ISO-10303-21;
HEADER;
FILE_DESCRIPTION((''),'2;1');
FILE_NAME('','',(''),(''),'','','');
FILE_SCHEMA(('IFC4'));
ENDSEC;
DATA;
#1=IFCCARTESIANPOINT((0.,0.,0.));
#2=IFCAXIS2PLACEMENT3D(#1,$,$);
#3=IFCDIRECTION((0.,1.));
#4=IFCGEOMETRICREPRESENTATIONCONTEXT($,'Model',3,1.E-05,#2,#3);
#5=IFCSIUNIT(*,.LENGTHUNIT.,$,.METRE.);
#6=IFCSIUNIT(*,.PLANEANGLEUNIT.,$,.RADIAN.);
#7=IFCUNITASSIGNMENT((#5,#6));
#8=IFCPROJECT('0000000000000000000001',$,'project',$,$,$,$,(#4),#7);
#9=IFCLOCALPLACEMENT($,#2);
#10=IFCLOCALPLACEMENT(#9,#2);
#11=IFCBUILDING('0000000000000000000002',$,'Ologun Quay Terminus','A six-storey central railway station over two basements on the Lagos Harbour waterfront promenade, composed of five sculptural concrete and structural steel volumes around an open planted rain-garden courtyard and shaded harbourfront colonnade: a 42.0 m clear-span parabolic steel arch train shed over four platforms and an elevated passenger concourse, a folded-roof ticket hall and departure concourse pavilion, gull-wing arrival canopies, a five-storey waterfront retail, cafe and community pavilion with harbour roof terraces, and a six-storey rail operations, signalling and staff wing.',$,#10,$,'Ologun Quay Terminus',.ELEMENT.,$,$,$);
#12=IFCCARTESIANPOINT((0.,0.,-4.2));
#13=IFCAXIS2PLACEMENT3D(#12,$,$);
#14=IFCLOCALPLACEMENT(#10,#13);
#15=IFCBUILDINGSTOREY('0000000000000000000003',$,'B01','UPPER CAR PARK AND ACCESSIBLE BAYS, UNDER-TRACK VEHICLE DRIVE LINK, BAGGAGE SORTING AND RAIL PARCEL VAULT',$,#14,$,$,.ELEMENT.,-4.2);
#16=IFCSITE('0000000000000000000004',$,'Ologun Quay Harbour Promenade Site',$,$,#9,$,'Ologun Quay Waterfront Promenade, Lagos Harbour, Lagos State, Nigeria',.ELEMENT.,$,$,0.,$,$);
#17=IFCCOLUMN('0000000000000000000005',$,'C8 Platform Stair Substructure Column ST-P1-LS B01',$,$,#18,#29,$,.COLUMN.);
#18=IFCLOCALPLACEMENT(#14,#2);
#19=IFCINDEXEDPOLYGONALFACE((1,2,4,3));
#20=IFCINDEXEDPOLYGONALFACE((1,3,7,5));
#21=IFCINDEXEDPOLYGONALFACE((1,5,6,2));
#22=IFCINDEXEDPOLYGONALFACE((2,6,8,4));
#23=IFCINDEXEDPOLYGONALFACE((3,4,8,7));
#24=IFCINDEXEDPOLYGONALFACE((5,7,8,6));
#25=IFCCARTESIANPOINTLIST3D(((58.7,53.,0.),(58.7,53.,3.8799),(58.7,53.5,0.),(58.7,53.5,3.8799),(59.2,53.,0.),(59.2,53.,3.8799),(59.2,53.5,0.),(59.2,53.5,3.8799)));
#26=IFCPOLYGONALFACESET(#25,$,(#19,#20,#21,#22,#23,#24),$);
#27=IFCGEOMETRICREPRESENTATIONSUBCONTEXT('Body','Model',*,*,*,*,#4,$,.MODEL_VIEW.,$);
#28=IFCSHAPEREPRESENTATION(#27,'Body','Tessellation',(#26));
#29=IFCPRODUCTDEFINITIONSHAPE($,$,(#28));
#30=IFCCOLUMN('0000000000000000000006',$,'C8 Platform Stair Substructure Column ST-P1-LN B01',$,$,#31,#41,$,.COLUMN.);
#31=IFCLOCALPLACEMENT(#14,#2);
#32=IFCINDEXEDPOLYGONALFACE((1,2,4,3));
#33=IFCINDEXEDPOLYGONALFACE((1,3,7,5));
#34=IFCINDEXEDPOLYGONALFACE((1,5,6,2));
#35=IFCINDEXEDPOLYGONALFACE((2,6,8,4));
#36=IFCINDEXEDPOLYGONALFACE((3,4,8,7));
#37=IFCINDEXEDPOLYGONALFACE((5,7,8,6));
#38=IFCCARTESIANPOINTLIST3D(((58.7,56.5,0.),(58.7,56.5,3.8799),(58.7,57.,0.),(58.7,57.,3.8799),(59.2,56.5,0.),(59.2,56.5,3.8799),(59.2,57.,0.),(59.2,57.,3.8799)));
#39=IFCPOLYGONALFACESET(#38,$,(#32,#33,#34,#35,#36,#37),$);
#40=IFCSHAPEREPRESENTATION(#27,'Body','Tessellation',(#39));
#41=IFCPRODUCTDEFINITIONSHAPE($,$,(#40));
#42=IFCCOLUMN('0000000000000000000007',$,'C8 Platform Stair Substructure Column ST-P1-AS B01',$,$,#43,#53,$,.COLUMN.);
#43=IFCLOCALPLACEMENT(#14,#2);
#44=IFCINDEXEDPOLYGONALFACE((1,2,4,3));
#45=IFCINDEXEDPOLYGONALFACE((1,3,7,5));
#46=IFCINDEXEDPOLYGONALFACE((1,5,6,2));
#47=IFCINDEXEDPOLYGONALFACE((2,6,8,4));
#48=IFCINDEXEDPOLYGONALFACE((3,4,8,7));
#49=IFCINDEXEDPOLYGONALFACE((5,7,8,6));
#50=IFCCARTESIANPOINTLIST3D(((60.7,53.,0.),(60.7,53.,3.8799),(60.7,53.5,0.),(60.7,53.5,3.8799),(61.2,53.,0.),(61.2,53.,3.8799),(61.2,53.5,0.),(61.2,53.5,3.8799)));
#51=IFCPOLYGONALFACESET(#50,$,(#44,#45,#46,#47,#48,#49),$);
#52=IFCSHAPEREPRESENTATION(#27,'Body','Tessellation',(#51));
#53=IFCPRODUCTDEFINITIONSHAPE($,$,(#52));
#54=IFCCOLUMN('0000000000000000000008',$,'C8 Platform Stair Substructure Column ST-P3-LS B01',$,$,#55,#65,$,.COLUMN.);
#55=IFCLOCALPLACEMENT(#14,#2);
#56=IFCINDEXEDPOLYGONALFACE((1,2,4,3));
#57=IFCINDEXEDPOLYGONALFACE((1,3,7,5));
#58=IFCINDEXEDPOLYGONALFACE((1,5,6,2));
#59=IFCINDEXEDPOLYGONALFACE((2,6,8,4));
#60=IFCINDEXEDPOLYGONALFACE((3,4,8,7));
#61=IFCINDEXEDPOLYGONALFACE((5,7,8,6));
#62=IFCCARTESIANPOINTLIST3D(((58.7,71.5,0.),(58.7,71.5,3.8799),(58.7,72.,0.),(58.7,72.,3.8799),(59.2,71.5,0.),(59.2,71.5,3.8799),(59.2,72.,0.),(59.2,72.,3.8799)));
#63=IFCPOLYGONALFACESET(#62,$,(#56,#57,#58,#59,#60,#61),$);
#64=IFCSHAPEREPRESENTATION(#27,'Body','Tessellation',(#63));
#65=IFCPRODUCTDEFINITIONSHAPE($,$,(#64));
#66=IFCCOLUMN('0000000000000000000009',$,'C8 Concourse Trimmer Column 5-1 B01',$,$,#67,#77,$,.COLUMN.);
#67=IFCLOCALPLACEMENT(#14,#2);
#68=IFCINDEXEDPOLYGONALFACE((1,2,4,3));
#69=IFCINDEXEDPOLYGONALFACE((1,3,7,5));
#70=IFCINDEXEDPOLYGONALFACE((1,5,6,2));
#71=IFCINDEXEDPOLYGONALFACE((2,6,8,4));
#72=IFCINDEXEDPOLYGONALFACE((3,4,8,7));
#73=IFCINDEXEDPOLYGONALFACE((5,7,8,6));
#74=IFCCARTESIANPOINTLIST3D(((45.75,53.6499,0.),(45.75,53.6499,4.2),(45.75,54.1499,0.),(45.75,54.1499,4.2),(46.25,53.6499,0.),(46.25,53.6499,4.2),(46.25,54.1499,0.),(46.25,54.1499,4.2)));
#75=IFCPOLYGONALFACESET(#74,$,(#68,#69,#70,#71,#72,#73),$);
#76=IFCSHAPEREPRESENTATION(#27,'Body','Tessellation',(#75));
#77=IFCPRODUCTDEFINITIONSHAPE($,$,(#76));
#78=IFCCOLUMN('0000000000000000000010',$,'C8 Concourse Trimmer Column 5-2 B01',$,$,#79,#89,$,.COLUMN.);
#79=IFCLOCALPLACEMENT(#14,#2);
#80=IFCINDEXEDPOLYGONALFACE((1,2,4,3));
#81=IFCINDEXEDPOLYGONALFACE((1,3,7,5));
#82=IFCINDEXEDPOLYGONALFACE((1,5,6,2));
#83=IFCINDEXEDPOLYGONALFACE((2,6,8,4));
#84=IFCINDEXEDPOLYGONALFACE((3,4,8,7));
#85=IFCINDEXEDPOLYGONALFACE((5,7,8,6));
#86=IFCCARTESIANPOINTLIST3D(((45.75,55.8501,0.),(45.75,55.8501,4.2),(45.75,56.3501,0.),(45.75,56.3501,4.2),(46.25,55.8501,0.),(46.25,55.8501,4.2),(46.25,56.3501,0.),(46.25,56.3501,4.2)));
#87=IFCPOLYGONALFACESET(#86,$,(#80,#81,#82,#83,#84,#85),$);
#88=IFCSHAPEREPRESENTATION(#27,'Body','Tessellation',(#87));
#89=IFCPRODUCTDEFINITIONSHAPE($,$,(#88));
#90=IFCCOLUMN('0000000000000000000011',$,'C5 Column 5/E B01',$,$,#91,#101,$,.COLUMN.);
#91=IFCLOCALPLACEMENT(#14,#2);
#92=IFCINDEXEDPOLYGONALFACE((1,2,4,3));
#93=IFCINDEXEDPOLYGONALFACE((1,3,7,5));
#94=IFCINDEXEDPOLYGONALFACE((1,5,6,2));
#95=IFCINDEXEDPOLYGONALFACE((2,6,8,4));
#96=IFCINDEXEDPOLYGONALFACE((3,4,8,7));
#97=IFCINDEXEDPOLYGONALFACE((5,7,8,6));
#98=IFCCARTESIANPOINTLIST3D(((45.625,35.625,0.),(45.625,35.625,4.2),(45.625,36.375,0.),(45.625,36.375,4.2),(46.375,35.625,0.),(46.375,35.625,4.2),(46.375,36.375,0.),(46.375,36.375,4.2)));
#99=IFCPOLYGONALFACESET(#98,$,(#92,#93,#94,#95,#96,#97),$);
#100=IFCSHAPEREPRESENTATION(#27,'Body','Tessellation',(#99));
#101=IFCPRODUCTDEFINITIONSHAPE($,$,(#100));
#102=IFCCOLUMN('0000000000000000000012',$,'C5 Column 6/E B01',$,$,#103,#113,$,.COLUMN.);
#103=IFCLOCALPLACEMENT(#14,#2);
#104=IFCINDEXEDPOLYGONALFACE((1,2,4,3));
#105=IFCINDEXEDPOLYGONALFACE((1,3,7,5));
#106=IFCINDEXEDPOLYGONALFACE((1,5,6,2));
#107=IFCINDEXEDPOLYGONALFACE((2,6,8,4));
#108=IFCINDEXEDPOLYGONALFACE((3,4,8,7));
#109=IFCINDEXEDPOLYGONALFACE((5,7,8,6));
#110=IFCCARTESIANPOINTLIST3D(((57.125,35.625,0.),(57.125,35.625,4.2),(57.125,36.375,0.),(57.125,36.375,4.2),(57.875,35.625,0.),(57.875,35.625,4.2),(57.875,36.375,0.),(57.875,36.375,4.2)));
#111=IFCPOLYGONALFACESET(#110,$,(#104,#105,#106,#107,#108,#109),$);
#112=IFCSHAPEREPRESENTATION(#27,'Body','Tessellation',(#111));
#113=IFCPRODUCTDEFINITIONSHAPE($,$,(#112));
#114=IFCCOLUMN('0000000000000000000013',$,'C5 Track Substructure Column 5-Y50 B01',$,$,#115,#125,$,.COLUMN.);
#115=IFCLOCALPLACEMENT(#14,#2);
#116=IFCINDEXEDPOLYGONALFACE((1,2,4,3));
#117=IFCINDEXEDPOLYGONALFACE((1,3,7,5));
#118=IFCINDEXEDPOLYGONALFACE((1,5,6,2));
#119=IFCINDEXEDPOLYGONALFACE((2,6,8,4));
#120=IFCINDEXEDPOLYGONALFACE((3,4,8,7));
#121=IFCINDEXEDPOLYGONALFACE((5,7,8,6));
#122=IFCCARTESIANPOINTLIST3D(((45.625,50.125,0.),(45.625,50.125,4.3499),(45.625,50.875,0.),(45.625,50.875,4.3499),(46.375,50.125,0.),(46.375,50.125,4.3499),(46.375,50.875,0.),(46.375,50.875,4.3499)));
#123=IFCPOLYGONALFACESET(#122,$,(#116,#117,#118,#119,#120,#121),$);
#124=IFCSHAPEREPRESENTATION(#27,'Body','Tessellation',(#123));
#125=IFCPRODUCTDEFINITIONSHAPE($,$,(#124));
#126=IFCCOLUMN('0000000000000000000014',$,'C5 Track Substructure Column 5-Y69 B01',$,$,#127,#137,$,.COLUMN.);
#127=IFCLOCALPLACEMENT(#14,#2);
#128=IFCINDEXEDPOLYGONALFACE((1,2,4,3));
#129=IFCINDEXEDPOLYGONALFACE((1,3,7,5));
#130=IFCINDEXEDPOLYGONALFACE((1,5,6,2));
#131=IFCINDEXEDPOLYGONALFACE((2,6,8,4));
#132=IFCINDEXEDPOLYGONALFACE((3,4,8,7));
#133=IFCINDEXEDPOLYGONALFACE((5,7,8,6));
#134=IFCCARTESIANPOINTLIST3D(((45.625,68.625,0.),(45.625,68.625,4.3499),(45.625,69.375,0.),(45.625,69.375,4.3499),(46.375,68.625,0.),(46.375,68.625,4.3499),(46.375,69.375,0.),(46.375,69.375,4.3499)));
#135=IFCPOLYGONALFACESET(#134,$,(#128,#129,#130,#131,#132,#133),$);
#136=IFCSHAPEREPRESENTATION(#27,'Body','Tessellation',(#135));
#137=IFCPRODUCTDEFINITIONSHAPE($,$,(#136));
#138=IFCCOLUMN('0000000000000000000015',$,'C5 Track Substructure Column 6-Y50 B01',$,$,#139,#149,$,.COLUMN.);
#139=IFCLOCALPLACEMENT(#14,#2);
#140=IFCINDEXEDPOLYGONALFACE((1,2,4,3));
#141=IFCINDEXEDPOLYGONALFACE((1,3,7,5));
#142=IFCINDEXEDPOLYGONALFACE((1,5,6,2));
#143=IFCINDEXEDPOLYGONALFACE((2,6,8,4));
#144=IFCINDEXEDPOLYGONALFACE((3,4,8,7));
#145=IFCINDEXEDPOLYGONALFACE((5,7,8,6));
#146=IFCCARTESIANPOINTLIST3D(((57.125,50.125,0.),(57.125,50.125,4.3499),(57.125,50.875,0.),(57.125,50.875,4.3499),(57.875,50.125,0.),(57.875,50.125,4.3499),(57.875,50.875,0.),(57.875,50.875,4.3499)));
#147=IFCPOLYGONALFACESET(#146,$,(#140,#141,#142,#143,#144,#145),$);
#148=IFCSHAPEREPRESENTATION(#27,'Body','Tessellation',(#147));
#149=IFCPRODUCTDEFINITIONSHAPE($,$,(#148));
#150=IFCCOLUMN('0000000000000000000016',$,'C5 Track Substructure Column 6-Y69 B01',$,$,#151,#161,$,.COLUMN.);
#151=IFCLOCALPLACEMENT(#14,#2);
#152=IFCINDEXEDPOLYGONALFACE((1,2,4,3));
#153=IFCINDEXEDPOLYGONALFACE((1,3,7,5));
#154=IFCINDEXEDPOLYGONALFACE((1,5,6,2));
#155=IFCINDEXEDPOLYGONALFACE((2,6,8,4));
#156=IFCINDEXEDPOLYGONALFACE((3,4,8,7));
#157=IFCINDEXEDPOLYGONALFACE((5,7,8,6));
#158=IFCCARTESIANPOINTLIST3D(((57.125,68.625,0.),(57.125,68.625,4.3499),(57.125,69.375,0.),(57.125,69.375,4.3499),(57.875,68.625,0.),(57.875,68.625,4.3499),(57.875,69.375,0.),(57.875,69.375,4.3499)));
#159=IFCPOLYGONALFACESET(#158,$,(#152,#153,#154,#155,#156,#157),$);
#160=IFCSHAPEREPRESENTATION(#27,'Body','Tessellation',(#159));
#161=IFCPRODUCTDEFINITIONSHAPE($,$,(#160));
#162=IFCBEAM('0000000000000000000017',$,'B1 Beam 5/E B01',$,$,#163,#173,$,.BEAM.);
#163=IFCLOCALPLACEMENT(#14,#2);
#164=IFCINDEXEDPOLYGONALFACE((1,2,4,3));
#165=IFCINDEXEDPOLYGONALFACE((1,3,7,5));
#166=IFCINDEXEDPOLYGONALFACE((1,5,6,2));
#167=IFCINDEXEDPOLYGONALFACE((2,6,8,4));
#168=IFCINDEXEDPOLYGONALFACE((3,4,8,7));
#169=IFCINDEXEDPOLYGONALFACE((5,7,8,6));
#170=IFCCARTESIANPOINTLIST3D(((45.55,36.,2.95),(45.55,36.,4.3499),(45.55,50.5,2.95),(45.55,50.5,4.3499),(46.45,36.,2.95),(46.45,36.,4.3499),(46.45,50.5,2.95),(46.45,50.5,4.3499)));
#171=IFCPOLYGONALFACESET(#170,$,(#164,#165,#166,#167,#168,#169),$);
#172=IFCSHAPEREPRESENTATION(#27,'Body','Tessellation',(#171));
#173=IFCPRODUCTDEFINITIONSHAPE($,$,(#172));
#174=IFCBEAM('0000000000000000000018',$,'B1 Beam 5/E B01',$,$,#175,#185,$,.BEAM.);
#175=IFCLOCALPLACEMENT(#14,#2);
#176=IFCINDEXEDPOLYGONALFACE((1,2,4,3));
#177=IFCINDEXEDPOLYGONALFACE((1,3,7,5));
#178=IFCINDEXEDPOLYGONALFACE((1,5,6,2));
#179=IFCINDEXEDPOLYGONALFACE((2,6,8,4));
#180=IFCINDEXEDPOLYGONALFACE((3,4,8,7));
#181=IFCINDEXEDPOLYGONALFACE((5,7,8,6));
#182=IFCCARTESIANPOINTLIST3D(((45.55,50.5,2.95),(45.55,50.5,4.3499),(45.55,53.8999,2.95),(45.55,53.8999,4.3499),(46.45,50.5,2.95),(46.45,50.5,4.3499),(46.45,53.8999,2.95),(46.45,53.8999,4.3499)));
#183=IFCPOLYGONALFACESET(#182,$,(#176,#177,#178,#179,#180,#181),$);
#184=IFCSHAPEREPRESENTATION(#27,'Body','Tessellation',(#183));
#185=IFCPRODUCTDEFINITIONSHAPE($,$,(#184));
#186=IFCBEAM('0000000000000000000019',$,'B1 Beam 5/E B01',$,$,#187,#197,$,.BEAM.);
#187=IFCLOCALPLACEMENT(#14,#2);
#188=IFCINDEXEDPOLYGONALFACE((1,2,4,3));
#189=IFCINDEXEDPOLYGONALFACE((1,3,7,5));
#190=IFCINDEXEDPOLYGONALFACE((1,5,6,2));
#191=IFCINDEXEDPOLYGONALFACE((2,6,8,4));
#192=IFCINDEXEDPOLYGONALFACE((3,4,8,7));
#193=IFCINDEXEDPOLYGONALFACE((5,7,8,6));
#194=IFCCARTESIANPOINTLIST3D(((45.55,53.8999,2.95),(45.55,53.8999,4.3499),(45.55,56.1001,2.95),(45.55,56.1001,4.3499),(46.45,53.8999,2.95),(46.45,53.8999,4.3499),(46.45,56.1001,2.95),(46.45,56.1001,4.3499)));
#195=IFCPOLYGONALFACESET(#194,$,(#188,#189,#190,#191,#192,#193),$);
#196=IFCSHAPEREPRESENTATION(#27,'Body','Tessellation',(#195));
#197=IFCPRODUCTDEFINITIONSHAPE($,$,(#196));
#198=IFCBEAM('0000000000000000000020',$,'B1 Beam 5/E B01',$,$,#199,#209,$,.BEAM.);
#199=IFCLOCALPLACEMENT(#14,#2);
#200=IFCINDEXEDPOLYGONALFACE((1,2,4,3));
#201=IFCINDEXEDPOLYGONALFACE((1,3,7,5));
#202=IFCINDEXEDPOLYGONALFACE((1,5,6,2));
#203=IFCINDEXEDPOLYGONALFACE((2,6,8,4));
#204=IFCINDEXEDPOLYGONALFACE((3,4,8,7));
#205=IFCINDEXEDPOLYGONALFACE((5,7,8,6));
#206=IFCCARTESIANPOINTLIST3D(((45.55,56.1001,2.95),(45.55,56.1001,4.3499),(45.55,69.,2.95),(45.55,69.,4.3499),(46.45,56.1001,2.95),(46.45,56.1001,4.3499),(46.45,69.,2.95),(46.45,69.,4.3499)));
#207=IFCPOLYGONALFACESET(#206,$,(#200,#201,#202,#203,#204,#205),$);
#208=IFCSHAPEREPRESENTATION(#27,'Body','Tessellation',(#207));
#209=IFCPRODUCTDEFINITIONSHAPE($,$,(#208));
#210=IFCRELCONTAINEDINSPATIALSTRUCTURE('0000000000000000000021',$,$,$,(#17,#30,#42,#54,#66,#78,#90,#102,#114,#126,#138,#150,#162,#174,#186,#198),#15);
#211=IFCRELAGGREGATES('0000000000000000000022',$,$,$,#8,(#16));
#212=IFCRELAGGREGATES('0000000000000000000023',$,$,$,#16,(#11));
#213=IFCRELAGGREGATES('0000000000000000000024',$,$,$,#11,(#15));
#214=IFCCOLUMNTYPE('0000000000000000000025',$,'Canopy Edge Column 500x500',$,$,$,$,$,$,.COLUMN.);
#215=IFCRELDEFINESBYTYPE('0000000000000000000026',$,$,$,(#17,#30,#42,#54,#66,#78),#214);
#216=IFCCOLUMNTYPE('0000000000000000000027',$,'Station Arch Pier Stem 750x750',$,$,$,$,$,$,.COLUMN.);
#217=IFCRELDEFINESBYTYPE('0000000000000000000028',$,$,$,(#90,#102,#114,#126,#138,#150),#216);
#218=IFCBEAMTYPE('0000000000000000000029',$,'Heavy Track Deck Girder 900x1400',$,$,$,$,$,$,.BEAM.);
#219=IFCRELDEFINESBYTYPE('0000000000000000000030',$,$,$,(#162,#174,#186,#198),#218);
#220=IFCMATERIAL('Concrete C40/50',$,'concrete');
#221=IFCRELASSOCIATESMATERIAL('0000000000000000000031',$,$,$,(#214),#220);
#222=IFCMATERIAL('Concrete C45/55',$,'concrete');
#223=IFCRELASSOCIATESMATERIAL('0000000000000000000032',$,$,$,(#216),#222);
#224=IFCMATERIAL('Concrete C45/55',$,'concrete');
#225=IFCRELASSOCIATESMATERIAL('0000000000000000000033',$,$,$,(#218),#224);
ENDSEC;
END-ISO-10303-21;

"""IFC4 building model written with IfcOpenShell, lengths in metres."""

from ifc_helpers import new_model, si_unit, direction, frame, origin, origin_2d, place, context, subcontext, project, spatial, rectangle, extrude, material, material_profile, profile_set, type_object, element, save


model = new_model("IFC4")

# Units and contexts
model_context = context("Model", 3, precision=1e-05, world=origin(), true_north=direction((0.0, 1.0)))
body_context = subcontext(model_context, "Body", "Model", "MODEL_VIEW")
ifc_project = project(units=[si_unit("LENGTHUNIT", "METRE"), si_unit("PLANEANGLEUNIT", "RADIAN")], contexts=[model_context])

# Site, building, storey
site_placement = place(None, origin())
site = spatial("IfcSite", under=ifc_project, at=site_placement, Name="Ologun Quay Harbour Promenade Site", LongName="Ologun Quay Waterfront Promenade, Lagos Harbour, Lagos State, Nigeria", CompositionType="ELEMENT", RefElevation=0.0)
building_placement = place(site_placement, origin())
building = spatial("IfcBuilding", under=site, at=building_placement, Name="Ologun Quay Terminus", Description="A six-storey central railway station over two basements on the Lagos Harbour waterfront promenade, composed of five sculptural concrete and structural steel volumes around an open planted rain-garden courtyard and shaded harbourfront colonnade: a 42.0 m clear-span parabolic steel arch train shed over four platforms and an elevated passenger concourse, a folded-roof ticket hall and departure concourse pavilion, gull-wing arrival canopies, a five-storey waterfront retail, cafe and community pavilion with harbour roof terraces, and a six-storey rail operations, signalling and staff wing.", LongName="Ologun Quay Terminus", CompositionType="ELEMENT")
storey_placement = place(building_placement, frame((0.0, 0.0, -4.2)))
storey = spatial("IfcBuildingStorey", under=building, at=storey_placement, Name="B01", Description="UPPER CAR PARK AND ACCESSIBLE BAYS, UNDER-TRACK VEHICLE DRIVE LINK, BAGGAGE SORTING AND RAIL PARCEL VAULT", CompositionType="ELEMENT", Elevation=-4.2)

# Columns
ifc_material_1 = material(Name="Concrete C40/50", Category="concrete")
ifc_material_profile_1 = material_profile(ifc_material_1, rectangle(XDim=0.5, YDim=0.5, at=origin_2d()), Name="RC 500x500")
ifc_profile_set_1 = profile_set([ifc_material_profile_1], Name="Concrete C40/50")
column_type_1 = type_object("IfcColumnType", Name="Canopy Edge Column 500x500", PredefinedType="COLUMN", material=ifc_profile_set_1)
for number, where, z_axis, x_axis, name in (
    (1, (58.95, 53.25, 0.0), (0.0, 0.0, 1.0), (1.0, 0.0, 0.0), "C8 Platform Stair Substructure Column ST-P1-LS B01"),
    (2, (58.95, 56.75, 0.0), (0.0, 0.0, 1.0), (1.0, 0.0, 0.0), "C8 Platform Stair Substructure Column ST-P1-LN B01"),
    (3, (60.95, 53.25, 0.0), (0.0, 0.0, 1.0), (1.0, 0.0, 0.0), "C8 Platform Stair Substructure Column ST-P1-AS B01"),
    (4, (58.95, 71.75, 0.0), (0.0, 0.0, 1.0), (1.0, 0.0, 0.0), "C8 Platform Stair Substructure Column ST-P3-LS B01"),
):
    element("IfcColumn", number, at=place(storey_placement, frame(where, z_axis=z_axis, x_axis=x_axis)), inside=storey, type_object=column_type_1, Name=name, PredefinedType="COLUMN", context=body_context, shape_type="SweptSolid", body=[
        extrude(rectangle(XDim=0.5, YDim=0.5, at=origin_2d()), origin(), (0.0, 0.0, 1.0), 3.8799),
    ])
for number, where, z_axis, x_axis, name in (
    (5, (46.0, 53.8999, 0.0), (0.0, 0.0, 1.0), (1.0, 0.0, 0.0), "C8 Concourse Trimmer Column 5-1 B01"),
    (6, (46.0, 56.1001, 0.0), (0.0, 0.0, 1.0), (1.0, 0.0, 0.0), "C8 Concourse Trimmer Column 5-2 B01"),
):
    element("IfcColumn", number, at=place(storey_placement, frame(where, z_axis=z_axis, x_axis=x_axis)), inside=storey, type_object=column_type_1, Name=name, PredefinedType="COLUMN", context=body_context, shape_type="SweptSolid", body=[
        extrude(rectangle(XDim=0.5, YDim=0.5, at=origin_2d()), origin(), (0.0, 0.0, 1.0), 4.2),
    ])
ifc_material_2 = material(Name="Concrete C45/55", Category="concrete")
ifc_material_profile_2 = material_profile(ifc_material_2, rectangle(XDim=0.75, YDim=0.75, at=origin_2d()), Name="RC 750x750")
ifc_profile_set_2 = profile_set([ifc_material_profile_2], Name="Concrete C45/55")
column_type_2 = type_object("IfcColumnType", Name="Station Arch Pier Stem 750x750", PredefinedType="COLUMN", material=ifc_profile_set_2)
for number, where, z_axis, x_axis, name in (
    (7, (46.0, 36.0, 0.0), (0.0, 0.0, 1.0), (1.0, 0.0, 0.0), "C5 Column 5/E B01"),
    (8, (57.5, 36.0, 0.0), (0.0, 0.0, 1.0), (1.0, 0.0, 0.0), "C5 Column 6/E B01"),
):
    element("IfcColumn", number, at=place(storey_placement, frame(where, z_axis=z_axis, x_axis=x_axis)), inside=storey, type_object=column_type_2, Name=name, PredefinedType="COLUMN", context=body_context, shape_type="SweptSolid", body=[
        extrude(rectangle(XDim=0.75, YDim=0.75, at=origin_2d()), origin(), (0.0, 0.0, 1.0), 4.2),
    ])
for number, where, z_axis, x_axis, name in (
    (9, (46.0, 50.5, 0.0), (0.0, 0.0, 1.0), (1.0, 0.0, 0.0), "C5 Track Substructure Column 5-Y50 B01"),
    (10, (46.0, 69.0, 0.0), (0.0, 0.0, 1.0), (1.0, 0.0, 0.0), "C5 Track Substructure Column 5-Y69 B01"),
    (11, (57.5, 50.5, 0.0), (0.0, 0.0, 1.0), (1.0, 0.0, 0.0), "C5 Track Substructure Column 6-Y50 B01"),
    (12, (57.5, 69.0, 0.0), (0.0, 0.0, 1.0), (1.0, 0.0, 0.0), "C5 Track Substructure Column 6-Y69 B01"),
):
    element("IfcColumn", number, at=place(storey_placement, frame(where, z_axis=z_axis, x_axis=x_axis)), inside=storey, type_object=column_type_2, Name=name, PredefinedType="COLUMN", context=body_context, shape_type="SweptSolid", body=[
        extrude(rectangle(XDim=0.75, YDim=0.75, at=origin_2d()), origin(), (0.0, 0.0, 1.0), 4.3499),
    ])

# Beams
ifc_material_3 = material(Name="Concrete C45/55", Category="concrete")
ifc_material_profile_3 = material_profile(ifc_material_3, rectangle(XDim=0.8999, YDim=1.3999, at=origin_2d()), Name="RC 900x1400")
ifc_profile_set_3 = profile_set([ifc_material_profile_3], Name="Concrete C45/55")
beam_type_1 = type_object("IfcBeamType", Name="Heavy Track Deck Girder 900x1400", PredefinedType="BEAM", material=ifc_profile_set_3)
beam_1_placement = place(storey_placement, frame((46.0, 36.0, 3.6499), z_axis=(0.0, 1.0, 0.0), x_axis=(-1.0, 0.0, 0.0)))
element("IfcBeam", 13, at=beam_1_placement, inside=storey, type_object=beam_type_1, Name="B1 Beam 5/E B01", PredefinedType="BEAM", context=body_context, shape_type="SweptSolid", body=[
    extrude(rectangle(XDim=0.8999, YDim=1.3999, at=origin_2d()), origin(), (0.0, 0.0, 1.0), 14.5),
])
beam_2_placement = place(storey_placement, frame((46.0, 50.5, 3.6499), z_axis=(0.0, 1.0, 0.0), x_axis=(-1.0, 0.0, 0.0)))
element("IfcBeam", 14, at=beam_2_placement, inside=storey, type_object=beam_type_1, Name="B1 Beam 5/E B01", PredefinedType="BEAM", context=body_context, shape_type="SweptSolid", body=[
    extrude(rectangle(XDim=0.8999, YDim=1.3999, at=origin_2d()), origin(), (0.0, 0.0, 1.0), 3.3999),
])
beam_3_placement = place(storey_placement, frame((46.0, 53.8999, 3.6499), z_axis=(0.0, 1.0, 0.0), x_axis=(-1.0, 0.0, 0.0)))
element("IfcBeam", 15, at=beam_3_placement, inside=storey, type_object=beam_type_1, Name="B1 Beam 5/E B01", PredefinedType="BEAM", context=body_context, shape_type="SweptSolid", body=[
    extrude(rectangle(XDim=0.8999, YDim=1.3999, at=origin_2d()), origin(), (0.0, 0.0, 1.0), 2.2002),
])
beam_4_placement = place(storey_placement, frame((46.0, 56.1001, 3.6499), z_axis=(0.0, 1.0, 0.0), x_axis=(-1.0, 0.0, 0.0)))
element("IfcBeam", 16, at=beam_4_placement, inside=storey, type_object=beam_type_1, Name="B1 Beam 5/E B01", PredefinedType="BEAM", context=body_context, shape_type="SweptSolid", body=[
    extrude(rectangle(XDim=0.8999, YDim=1.3999, at=origin_2d()), origin(), (0.0, 0.0, 1.0), 12.8999),
])

save(model, "model.ifc")
